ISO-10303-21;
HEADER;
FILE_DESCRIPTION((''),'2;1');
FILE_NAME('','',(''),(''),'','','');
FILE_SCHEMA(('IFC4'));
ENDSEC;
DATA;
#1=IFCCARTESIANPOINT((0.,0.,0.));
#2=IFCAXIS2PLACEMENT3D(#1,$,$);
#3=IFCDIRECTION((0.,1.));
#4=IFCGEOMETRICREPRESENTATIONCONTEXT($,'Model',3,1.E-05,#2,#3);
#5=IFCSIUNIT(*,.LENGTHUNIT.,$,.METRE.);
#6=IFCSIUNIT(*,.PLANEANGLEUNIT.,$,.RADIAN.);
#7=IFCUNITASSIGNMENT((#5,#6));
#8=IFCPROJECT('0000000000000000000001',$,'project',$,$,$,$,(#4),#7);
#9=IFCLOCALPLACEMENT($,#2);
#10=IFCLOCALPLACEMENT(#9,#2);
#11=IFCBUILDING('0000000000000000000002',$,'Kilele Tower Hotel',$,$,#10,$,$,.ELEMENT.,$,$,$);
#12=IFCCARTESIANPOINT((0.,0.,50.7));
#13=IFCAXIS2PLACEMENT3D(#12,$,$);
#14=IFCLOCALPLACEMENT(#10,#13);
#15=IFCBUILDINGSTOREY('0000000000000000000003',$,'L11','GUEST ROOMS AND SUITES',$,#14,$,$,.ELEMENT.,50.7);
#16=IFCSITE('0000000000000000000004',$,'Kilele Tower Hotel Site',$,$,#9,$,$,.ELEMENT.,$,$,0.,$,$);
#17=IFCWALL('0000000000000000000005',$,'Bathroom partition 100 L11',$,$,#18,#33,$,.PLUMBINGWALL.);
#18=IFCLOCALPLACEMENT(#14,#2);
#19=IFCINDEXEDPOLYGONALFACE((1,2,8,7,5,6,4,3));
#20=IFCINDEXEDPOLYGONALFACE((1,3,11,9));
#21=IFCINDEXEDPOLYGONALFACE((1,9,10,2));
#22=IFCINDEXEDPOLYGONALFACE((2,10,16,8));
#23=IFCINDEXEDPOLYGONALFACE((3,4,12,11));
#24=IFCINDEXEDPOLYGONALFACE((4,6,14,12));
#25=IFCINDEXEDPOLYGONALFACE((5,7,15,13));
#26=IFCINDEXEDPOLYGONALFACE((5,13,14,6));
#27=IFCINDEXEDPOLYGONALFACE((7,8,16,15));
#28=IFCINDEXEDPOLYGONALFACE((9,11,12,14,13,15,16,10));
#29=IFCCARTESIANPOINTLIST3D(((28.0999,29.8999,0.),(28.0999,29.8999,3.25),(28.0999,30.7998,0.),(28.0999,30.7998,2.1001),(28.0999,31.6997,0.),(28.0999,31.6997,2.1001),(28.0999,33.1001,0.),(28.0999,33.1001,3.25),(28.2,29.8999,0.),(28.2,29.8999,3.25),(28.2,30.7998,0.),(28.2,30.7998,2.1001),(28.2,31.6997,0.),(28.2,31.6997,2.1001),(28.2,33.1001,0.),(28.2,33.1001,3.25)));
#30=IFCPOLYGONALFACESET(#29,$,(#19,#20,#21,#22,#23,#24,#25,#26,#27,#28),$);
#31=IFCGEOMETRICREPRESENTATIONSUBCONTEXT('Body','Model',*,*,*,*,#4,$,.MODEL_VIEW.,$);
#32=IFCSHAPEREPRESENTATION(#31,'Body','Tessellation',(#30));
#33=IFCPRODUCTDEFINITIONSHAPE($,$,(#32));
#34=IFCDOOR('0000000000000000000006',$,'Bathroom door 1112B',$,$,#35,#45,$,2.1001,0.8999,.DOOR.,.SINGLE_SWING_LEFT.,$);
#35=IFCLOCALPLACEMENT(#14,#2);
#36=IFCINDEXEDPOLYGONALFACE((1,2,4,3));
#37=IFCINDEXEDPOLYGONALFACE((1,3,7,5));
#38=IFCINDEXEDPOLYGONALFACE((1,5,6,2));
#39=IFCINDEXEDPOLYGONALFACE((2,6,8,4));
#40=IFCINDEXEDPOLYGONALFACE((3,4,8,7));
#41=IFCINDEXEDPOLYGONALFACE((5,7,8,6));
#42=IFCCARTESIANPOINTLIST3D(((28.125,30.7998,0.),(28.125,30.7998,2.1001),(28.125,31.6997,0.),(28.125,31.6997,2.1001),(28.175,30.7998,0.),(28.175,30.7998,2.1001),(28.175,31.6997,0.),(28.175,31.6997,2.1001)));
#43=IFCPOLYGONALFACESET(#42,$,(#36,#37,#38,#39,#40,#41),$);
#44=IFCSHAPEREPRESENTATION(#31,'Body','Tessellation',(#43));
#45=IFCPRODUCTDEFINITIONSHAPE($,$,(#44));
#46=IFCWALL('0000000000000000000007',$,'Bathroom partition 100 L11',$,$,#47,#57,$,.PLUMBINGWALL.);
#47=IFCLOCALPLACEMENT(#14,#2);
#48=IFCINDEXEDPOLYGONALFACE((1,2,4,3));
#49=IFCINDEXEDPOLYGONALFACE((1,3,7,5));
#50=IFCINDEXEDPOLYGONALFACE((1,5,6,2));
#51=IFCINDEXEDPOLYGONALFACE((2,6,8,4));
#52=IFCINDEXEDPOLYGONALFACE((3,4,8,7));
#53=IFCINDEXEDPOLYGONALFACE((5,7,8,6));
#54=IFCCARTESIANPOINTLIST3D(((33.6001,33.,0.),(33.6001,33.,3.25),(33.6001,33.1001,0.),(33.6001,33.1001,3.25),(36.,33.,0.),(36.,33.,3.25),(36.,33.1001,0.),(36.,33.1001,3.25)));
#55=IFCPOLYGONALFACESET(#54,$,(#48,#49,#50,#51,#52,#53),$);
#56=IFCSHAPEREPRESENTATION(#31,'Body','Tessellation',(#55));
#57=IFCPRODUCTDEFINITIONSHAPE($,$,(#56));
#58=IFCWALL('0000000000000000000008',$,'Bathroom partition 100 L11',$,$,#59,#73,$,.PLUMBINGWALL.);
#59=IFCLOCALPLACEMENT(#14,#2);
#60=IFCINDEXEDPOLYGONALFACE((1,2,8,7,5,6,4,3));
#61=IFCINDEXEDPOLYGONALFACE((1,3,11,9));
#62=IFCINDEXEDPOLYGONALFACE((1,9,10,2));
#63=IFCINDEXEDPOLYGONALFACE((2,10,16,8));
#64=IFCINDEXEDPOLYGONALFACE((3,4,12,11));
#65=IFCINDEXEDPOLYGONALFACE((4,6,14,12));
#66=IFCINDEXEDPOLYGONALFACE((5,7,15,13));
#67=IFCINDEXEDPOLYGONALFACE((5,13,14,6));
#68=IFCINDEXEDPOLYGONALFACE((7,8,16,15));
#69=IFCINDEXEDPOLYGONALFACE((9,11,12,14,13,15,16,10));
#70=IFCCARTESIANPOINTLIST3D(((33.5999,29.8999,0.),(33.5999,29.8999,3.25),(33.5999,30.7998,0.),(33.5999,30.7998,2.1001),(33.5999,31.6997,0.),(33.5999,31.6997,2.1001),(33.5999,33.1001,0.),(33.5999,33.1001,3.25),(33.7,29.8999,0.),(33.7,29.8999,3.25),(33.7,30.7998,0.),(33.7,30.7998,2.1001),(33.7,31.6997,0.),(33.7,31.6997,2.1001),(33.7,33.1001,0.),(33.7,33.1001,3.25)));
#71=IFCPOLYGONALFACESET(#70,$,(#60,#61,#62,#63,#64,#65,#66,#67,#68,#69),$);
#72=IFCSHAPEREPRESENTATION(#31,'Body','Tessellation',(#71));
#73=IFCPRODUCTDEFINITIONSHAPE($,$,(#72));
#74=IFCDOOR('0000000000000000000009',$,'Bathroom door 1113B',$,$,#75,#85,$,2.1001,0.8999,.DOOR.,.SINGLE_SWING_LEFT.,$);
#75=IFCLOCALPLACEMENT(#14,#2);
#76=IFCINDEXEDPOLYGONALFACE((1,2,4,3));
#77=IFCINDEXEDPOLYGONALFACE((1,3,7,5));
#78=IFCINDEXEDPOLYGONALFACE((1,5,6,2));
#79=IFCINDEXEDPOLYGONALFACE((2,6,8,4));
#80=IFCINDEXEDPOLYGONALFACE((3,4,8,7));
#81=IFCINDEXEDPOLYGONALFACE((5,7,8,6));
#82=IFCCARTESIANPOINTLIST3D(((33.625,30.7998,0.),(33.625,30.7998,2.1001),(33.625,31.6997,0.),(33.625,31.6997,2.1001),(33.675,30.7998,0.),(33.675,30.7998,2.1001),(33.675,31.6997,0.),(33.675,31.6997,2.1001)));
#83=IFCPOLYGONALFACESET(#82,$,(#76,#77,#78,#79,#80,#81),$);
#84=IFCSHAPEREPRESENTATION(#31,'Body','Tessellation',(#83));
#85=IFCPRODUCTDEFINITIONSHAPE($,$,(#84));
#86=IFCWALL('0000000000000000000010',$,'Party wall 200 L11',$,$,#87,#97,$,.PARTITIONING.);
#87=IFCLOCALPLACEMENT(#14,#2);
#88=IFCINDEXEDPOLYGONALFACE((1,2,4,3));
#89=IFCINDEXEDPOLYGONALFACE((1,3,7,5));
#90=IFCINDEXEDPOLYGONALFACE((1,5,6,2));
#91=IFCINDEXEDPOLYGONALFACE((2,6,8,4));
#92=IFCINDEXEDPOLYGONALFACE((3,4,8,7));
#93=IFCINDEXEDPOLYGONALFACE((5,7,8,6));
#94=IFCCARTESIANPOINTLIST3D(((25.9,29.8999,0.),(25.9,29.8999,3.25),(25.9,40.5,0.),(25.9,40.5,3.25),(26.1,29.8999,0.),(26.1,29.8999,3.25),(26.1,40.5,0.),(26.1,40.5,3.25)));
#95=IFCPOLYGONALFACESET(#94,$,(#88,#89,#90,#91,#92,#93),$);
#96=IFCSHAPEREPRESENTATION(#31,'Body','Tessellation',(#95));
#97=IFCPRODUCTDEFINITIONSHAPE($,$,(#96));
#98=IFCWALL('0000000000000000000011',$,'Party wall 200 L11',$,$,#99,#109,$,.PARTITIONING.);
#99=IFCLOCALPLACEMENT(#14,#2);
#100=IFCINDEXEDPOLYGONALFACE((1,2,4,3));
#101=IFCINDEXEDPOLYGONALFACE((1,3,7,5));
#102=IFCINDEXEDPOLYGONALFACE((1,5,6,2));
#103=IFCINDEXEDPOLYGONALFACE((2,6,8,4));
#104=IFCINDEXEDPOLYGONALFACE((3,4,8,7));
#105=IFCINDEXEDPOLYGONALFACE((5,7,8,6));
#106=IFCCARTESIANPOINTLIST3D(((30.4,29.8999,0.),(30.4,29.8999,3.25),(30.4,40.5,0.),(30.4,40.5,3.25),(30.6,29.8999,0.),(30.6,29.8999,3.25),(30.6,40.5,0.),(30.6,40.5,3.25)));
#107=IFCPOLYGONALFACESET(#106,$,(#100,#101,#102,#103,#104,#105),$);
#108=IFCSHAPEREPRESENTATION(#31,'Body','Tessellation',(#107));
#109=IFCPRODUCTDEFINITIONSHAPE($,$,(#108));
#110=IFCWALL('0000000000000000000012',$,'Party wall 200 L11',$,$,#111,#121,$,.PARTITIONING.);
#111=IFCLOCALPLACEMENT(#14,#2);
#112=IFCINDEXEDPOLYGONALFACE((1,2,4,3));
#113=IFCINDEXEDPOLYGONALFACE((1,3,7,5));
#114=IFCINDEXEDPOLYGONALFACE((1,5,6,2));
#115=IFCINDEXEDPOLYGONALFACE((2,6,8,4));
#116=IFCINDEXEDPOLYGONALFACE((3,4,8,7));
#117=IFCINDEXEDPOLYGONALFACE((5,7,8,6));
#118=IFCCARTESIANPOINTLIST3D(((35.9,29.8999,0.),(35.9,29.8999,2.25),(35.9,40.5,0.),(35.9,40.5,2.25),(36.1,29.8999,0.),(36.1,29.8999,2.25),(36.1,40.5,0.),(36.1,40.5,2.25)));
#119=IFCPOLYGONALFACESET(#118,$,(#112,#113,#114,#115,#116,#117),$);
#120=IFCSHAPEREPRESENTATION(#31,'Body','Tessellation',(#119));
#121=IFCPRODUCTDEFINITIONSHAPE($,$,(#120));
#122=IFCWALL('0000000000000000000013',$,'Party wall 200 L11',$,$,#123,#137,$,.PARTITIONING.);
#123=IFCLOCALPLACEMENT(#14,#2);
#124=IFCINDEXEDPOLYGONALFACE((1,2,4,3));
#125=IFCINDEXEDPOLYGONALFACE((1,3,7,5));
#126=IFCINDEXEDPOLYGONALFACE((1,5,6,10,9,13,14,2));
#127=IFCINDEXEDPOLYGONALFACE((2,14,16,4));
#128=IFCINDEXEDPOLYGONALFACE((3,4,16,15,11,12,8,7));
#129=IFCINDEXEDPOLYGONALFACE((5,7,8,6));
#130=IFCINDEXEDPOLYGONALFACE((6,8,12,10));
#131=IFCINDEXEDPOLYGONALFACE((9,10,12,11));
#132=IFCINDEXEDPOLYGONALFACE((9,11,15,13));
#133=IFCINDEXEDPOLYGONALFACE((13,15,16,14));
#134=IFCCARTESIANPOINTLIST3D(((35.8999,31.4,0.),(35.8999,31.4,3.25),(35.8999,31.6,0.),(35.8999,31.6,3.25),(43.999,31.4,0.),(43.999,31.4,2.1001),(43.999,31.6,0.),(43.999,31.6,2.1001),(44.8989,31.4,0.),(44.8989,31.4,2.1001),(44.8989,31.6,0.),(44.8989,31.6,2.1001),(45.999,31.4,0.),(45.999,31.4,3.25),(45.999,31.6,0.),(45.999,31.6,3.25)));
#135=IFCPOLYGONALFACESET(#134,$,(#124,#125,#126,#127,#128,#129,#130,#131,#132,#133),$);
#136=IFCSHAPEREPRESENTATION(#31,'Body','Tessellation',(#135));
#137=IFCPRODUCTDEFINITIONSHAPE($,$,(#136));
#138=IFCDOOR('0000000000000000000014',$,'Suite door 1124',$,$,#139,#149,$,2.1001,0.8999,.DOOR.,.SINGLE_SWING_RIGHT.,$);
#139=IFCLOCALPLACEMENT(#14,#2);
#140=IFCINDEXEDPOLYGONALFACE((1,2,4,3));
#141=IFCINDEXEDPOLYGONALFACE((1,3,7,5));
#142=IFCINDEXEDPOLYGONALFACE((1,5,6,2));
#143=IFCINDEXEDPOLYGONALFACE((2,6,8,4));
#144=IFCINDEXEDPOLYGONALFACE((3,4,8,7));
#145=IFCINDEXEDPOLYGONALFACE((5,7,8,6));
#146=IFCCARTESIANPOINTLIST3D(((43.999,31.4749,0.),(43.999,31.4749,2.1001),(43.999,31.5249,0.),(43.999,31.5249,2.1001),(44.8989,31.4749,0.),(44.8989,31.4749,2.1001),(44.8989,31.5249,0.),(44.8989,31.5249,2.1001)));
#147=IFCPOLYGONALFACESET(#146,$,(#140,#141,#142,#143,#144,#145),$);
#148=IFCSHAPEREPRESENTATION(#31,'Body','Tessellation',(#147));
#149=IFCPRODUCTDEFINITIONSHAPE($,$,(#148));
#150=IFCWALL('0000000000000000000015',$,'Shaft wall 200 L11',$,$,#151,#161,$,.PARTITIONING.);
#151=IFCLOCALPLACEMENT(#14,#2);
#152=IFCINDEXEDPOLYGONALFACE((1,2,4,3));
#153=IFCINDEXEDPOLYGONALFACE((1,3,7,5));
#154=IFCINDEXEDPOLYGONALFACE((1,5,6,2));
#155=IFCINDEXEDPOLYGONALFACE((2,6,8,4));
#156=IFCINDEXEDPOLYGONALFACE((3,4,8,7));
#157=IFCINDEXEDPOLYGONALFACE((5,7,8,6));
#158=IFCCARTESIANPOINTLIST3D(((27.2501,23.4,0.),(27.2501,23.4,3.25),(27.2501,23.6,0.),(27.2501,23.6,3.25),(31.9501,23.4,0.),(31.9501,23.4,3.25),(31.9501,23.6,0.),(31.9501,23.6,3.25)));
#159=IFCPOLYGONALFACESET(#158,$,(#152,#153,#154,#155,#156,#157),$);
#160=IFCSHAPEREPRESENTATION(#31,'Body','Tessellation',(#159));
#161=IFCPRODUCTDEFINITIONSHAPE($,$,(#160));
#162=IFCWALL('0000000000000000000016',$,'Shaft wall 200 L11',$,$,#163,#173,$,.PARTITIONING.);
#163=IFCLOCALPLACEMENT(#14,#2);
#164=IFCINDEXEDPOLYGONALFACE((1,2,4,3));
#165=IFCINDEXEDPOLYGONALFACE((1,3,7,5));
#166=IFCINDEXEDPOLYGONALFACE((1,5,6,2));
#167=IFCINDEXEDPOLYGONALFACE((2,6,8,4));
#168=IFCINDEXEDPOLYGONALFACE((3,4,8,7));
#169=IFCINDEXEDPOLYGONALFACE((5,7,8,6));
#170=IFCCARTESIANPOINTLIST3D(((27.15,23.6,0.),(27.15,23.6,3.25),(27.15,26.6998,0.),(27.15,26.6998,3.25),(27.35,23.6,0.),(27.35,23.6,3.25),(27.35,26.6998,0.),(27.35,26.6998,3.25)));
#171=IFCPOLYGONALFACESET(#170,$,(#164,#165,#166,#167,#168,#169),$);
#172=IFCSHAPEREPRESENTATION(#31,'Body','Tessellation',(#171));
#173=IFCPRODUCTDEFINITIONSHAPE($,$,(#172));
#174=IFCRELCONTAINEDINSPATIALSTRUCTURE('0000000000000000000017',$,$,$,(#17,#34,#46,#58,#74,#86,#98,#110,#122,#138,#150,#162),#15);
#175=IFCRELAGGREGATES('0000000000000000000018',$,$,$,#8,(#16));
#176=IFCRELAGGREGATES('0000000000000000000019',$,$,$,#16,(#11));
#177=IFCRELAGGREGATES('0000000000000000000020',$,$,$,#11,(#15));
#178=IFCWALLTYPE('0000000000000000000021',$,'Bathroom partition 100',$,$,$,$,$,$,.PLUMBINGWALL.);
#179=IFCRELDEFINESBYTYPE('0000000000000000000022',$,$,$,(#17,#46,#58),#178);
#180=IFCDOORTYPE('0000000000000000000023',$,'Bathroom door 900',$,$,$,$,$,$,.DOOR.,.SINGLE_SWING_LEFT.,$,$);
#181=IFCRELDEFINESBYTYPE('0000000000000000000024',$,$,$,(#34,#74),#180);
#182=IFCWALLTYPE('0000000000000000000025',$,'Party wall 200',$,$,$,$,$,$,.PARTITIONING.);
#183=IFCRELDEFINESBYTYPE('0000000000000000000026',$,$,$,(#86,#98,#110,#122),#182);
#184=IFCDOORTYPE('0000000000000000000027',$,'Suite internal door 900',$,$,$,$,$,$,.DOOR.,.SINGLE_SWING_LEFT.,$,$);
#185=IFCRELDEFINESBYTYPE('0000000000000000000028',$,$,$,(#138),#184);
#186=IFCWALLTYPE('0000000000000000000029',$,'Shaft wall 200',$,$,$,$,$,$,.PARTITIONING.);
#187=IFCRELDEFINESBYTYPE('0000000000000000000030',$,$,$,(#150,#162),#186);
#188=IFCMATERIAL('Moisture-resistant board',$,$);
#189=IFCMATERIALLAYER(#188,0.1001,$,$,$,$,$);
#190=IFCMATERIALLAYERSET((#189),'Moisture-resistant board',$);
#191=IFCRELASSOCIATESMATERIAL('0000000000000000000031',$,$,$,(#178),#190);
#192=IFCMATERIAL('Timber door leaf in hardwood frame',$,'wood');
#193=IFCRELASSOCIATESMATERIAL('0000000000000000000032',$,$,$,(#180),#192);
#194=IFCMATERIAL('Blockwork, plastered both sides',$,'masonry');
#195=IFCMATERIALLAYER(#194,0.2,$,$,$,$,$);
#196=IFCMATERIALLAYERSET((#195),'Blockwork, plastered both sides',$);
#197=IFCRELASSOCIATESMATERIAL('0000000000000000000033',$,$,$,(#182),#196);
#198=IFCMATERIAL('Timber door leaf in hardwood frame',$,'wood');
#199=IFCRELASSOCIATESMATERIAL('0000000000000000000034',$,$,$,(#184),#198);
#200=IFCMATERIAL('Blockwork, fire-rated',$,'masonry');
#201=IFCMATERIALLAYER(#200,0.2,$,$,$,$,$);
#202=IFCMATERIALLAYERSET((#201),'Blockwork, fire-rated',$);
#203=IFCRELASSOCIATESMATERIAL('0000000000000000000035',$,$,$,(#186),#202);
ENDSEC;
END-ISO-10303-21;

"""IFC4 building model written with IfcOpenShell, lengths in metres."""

from ifc_helpers import new_model, si_unit, direction, frame, frame_2d, origin, place, context, subcontext, project, spatial, rectangle, extrude, material, layer, layer_set, type_object, element, fill, save


model = new_model("IFC4")

# Units and contexts
model_context = context("Model", 3, precision=1e-05, world=origin(), true_north=direction((0.0, 1.0)))
body_context = subcontext(model_context, "Body", "Model", "MODEL_VIEW")
ifc_project = project(units=[si_unit("LENGTHUNIT", "METRE"), si_unit("PLANEANGLEUNIT", "RADIAN")], contexts=[model_context])

# Site, building, storey
site_placement = place(None, origin())
site = spatial("IfcSite", under=ifc_project, at=site_placement, Name="Kilele Tower Hotel Site", CompositionType="ELEMENT", RefElevation=0.0)
building_placement = place(site_placement, origin())
building = spatial("IfcBuilding", under=site, at=building_placement, Name="Kilele Tower Hotel", CompositionType="ELEMENT")
storey_placement = place(building_placement, frame((0.0, 0.0, 50.7)))
storey = spatial("IfcBuildingStorey", under=building, at=storey_placement, Name="L11", Description="GUEST ROOMS AND SUITES", CompositionType="ELEMENT", Elevation=50.7)

# Shared definitions
ifc_material_1 = material(Name="Moisture-resistant board")
ifc_layer_1 = layer(ifc_material_1, 0.1001)
ifc_layer_set_1 = layer_set([ifc_layer_1], Name="Moisture-resistant board")
wall_type_1 = type_object("IfcWallType", Name="Bathroom partition 100", PredefinedType="PLUMBINGWALL", material=ifc_layer_set_1)
ifc_material_2 = material(Name="Timber door leaf in hardwood frame", Category="wood")
door_type_1 = type_object("IfcDoorType", Name="Bathroom door 900", OperationType="SINGLE_SWING_LEFT", PredefinedType="DOOR", material=ifc_material_2)

# Wall, opening, door
wall_1_placement = place(storey_placement, frame((28.1499, 29.8999, 0.0), z_axis=(0.0, 0.0, 1.0), x_axis=(0.0, 1.0, 0.0)))
wall_1 = element("IfcWall", 1, at=wall_1_placement, inside=storey, type_object=wall_type_1, Name="Bathroom partition 100 L11", PredefinedType="PLUMBINGWALL", context=body_context, shape_type="SweptSolid", body=[
    extrude(rectangle(XDim=3.2002, YDim=0.1001, at=frame_2d((1.6001, 0.0))), origin(), (0.0, 0.0, 1.0), 3.25),
])
opening_1_placement = place(wall_1_placement, frame((0.8999, 0.0, 0.0)))
opening_1 = element("IfcOpeningElement", 2, at=opening_1_placement, cuts=wall_1, PredefinedType="OPENING", context=body_context, shape_type="SweptSolid", body=[
    extrude(rectangle(XDim=0.8999, YDim=2.1001, at=frame_2d((0.45, 1.05))), frame((0.0, 0.0601, 0.0), z_axis=(0.0, -1.0, 0.0), x_axis=(1.0, 0.0, 0.0)), (0.0, 0.0, 1.0), 0.1201),
])
door_1_placement = place(opening_1_placement, origin())
door_1 = element("IfcDoor", 3, at=door_1_placement, inside=storey, type_object=door_type_1, Name="Bathroom door 1112B", OperationType="SINGLE_SWING_LEFT", OverallHeight=2.1001, OverallWidth=0.8999, PredefinedType="DOOR", context=body_context, shape_type="SweptSolid", body=[
    extrude(rectangle(XDim=0.8999, YDim=2.1001, at=frame_2d((0.45, 1.05))), frame((0.0, 0.0249, 0.0), z_axis=(0.0, -1.0, 0.0), x_axis=(1.0, 0.0, 0.0)), (0.0, 0.0, 1.0), 0.05),
])
fill(opening_1, door_1)

# Wall
wall_2_placement = place(storey_placement, frame((33.6001, 33.05, 0.0), z_axis=(0.0, 0.0, 1.0), x_axis=(1.0, 0.0, 0.0)))
element("IfcWall", 4, at=wall_2_placement, inside=storey, type_object=wall_type_1, Name="Bathroom partition 100 L11", PredefinedType="PLUMBINGWALL", context=body_context, shape_type="SweptSolid", body=[
    extrude(rectangle(XDim=2.3999, YDim=0.1001, at=frame_2d((1.2, 0.0))), origin(), (0.0, 0.0, 1.0), 3.25),
])

# Wall, opening, door
wall_3_placement = place(storey_placement, frame((33.6499, 29.8999, 0.0), z_axis=(0.0, 0.0, 1.0), x_axis=(0.0, 1.0, 0.0)))
wall_3 = element("IfcWall", 5, at=wall_3_placement, inside=storey, type_object=wall_type_1, Name="Bathroom partition 100 L11", PredefinedType="PLUMBINGWALL", context=body_context, shape_type="SweptSolid", body=[
    extrude(rectangle(XDim=3.2002, YDim=0.1001, at=frame_2d((1.6001, 0.0))), origin(), (0.0, 0.0, 1.0), 3.25),
])
opening_2_placement = place(wall_3_placement, frame((0.8999, 0.0, 0.0)))
opening_2 = element("IfcOpeningElement", 6, at=opening_2_placement, cuts=wall_3, PredefinedType="OPENING", context=body_context, shape_type="SweptSolid", body=[
    extrude(rectangle(XDim=0.8999, YDim=2.1001, at=frame_2d((0.45, 1.05))), frame((0.0, 0.0601, 0.0), z_axis=(0.0, -1.0, 0.0), x_axis=(1.0, 0.0, 0.0)), (0.0, 0.0, 1.0), 0.1201),
])
door_2_placement = place(opening_2_placement, origin())
door_2 = element("IfcDoor", 7, at=door_2_placement, inside=storey, type_object=door_type_1, Name="Bathroom door 1113B", OperationType="SINGLE_SWING_LEFT", OverallHeight=2.1001, OverallWidth=0.8999, PredefinedType="DOOR", context=body_context, shape_type="SweptSolid", body=[
    extrude(rectangle(XDim=0.8999, YDim=2.1001, at=frame_2d((0.45, 1.05))), frame((0.0, 0.0249, 0.0), z_axis=(0.0, -1.0, 0.0), x_axis=(1.0, 0.0, 0.0)), (0.0, 0.0, 1.0), 0.05),
])
fill(opening_2, door_2)

# Walls
ifc_material_3 = material(Name="Blockwork, plastered both sides", Category="masonry")
ifc_layer_2 = layer(ifc_material_3, 0.2)
ifc_layer_set_2 = layer_set([ifc_layer_2], Name="Blockwork, plastered both sides")
wall_type_2 = type_object("IfcWallType", Name="Party wall 200", PredefinedType="PARTITIONING", material=ifc_layer_set_2)
for number, where, z_axis, x_axis, name in (
    (8, (26.0, 29.8999, 0.0), (0.0, 0.0, 1.0), (0.0, 1.0, 0.0), "Party wall 200 L11"),
    (9, (30.5, 29.8999, 0.0), (0.0, 0.0, 1.0), (0.0, 1.0, 0.0), "Party wall 200 L11"),
):
    element("IfcWall", number, at=place(storey_placement, frame(where, z_axis=z_axis, x_axis=x_axis)), inside=storey, type_object=wall_type_2, Name=name, PredefinedType="PARTITIONING", context=body_context, shape_type="SweptSolid", body=[
        extrude(rectangle(XDim=10.6001, YDim=0.2, at=frame_2d((5.3, 0.0))), origin(), (0.0, 0.0, 1.0), 3.25),
    ])
wall_4_placement = place(storey_placement, frame((36.0, 29.8999, 0.0), z_axis=(0.0, 0.0, 1.0), x_axis=(0.0, 1.0, 0.0)))
element("IfcWall", 10, at=wall_4_placement, inside=storey, type_object=wall_type_2, Name="Party wall 200 L11", PredefinedType="PARTITIONING", context=body_context, shape_type="SweptSolid", body=[
    extrude(rectangle(XDim=10.6001, YDim=0.2, at=frame_2d((5.3, 0.0))), origin(), (0.0, 0.0, 1.0), 2.25),
])

# Wall, opening, door
wall_5_placement = place(storey_placement, frame((35.8999, 31.5, 0.0), z_axis=(0.0, 0.0, 1.0), x_axis=(1.0, 0.0, 0.0)))
wall_5 = element("IfcWall", 11, at=wall_5_placement, inside=storey, type_object=wall_type_2, Name="Party wall 200 L11", PredefinedType="PARTITIONING", context=body_context, shape_type="SweptSolid", body=[
    extrude(rectangle(XDim=10.0991, YDim=0.2, at=frame_2d((5.0496, 0.0))), origin(), (0.0, 0.0, 1.0), 3.25),
])
opening_3_placement = place(wall_5_placement, frame((8.0991, 0.0, 0.0)))
opening_3 = element("IfcOpeningElement", 12, at=opening_3_placement, cuts=wall_5, PredefinedType="OPENING", context=body_context, shape_type="SweptSolid", body=[
    extrude(rectangle(XDim=0.8999, YDim=2.1001, at=frame_2d((0.45, 1.05))), frame((0.0, 0.1099, 0.0), z_axis=(0.0, -1.0, 0.0), x_axis=(1.0, 0.0, 0.0)), (0.0, 0.0, 1.0), 0.22),
])
ifc_material_4 = material(Name="Timber door leaf in hardwood frame", Category="wood")
door_type_2 = type_object("IfcDoorType", Name="Suite internal door 900", OperationType="SINGLE_SWING_LEFT", PredefinedType="DOOR", material=ifc_material_4)
door_3_placement = place(opening_3_placement, origin())
door_3 = element("IfcDoor", 13, at=door_3_placement, inside=storey, type_object=door_type_2, Name="Suite door 1124", OperationType="SINGLE_SWING_RIGHT", OverallHeight=2.1001, OverallWidth=0.8999, PredefinedType="DOOR", context=body_context, shape_type="SweptSolid", body=[
    extrude(rectangle(XDim=0.8999, YDim=2.1001, at=frame_2d((0.45, 1.05))), frame((0.0, 0.0249, 0.0), z_axis=(0.0, -1.0, 0.0), x_axis=(1.0, 0.0, 0.0)), (0.0, 0.0, 1.0), 0.05),
])
fill(opening_3, door_3)

# Walls
ifc_material_5 = material(Name="Blockwork, fire-rated", Category="masonry")
ifc_layer_3 = layer(ifc_material_5, 0.2)
ifc_layer_set_3 = layer_set([ifc_layer_3], Name="Blockwork, fire-rated")
wall_type_3 = type_object("IfcWallType", Name="Shaft wall 200", PredefinedType="PARTITIONING", material=ifc_layer_set_3)
wall_6_placement = place(storey_placement, frame((27.25, 23.5, 0.0), z_axis=(0.0, 0.0, 1.0), x_axis=(1.0, 0.0, 0.0)))
element("IfcWall", 14, at=wall_6_placement, inside=storey, type_object=wall_type_3, Name="Shaft wall 200 L11", PredefinedType="PARTITIONING", context=body_context, shape_type="SweptSolid", body=[
    extrude(rectangle(XDim=4.7, YDim=0.2, at=frame_2d((2.3501, 0.0))), origin(), (0.0, 0.0, 1.0), 3.25),
])
wall_7_placement = place(storey_placement, frame((27.25, 23.6001, 0.0), z_axis=(0.0, 0.0, 1.0), x_axis=(0.0, 1.0, 0.0)))
element("IfcWall", 15, at=wall_7_placement, inside=storey, type_object=wall_type_3, Name="Shaft wall 200 L11", PredefinedType="PARTITIONING", context=body_context, shape_type="SweptSolid", body=[
    extrude(rectangle(XDim=3.0999, YDim=0.2, at=frame_2d((1.5498, 0.0))), origin(), (0.0, 0.0, 1.0), 3.25),
])

save(model, "model.ifc")
